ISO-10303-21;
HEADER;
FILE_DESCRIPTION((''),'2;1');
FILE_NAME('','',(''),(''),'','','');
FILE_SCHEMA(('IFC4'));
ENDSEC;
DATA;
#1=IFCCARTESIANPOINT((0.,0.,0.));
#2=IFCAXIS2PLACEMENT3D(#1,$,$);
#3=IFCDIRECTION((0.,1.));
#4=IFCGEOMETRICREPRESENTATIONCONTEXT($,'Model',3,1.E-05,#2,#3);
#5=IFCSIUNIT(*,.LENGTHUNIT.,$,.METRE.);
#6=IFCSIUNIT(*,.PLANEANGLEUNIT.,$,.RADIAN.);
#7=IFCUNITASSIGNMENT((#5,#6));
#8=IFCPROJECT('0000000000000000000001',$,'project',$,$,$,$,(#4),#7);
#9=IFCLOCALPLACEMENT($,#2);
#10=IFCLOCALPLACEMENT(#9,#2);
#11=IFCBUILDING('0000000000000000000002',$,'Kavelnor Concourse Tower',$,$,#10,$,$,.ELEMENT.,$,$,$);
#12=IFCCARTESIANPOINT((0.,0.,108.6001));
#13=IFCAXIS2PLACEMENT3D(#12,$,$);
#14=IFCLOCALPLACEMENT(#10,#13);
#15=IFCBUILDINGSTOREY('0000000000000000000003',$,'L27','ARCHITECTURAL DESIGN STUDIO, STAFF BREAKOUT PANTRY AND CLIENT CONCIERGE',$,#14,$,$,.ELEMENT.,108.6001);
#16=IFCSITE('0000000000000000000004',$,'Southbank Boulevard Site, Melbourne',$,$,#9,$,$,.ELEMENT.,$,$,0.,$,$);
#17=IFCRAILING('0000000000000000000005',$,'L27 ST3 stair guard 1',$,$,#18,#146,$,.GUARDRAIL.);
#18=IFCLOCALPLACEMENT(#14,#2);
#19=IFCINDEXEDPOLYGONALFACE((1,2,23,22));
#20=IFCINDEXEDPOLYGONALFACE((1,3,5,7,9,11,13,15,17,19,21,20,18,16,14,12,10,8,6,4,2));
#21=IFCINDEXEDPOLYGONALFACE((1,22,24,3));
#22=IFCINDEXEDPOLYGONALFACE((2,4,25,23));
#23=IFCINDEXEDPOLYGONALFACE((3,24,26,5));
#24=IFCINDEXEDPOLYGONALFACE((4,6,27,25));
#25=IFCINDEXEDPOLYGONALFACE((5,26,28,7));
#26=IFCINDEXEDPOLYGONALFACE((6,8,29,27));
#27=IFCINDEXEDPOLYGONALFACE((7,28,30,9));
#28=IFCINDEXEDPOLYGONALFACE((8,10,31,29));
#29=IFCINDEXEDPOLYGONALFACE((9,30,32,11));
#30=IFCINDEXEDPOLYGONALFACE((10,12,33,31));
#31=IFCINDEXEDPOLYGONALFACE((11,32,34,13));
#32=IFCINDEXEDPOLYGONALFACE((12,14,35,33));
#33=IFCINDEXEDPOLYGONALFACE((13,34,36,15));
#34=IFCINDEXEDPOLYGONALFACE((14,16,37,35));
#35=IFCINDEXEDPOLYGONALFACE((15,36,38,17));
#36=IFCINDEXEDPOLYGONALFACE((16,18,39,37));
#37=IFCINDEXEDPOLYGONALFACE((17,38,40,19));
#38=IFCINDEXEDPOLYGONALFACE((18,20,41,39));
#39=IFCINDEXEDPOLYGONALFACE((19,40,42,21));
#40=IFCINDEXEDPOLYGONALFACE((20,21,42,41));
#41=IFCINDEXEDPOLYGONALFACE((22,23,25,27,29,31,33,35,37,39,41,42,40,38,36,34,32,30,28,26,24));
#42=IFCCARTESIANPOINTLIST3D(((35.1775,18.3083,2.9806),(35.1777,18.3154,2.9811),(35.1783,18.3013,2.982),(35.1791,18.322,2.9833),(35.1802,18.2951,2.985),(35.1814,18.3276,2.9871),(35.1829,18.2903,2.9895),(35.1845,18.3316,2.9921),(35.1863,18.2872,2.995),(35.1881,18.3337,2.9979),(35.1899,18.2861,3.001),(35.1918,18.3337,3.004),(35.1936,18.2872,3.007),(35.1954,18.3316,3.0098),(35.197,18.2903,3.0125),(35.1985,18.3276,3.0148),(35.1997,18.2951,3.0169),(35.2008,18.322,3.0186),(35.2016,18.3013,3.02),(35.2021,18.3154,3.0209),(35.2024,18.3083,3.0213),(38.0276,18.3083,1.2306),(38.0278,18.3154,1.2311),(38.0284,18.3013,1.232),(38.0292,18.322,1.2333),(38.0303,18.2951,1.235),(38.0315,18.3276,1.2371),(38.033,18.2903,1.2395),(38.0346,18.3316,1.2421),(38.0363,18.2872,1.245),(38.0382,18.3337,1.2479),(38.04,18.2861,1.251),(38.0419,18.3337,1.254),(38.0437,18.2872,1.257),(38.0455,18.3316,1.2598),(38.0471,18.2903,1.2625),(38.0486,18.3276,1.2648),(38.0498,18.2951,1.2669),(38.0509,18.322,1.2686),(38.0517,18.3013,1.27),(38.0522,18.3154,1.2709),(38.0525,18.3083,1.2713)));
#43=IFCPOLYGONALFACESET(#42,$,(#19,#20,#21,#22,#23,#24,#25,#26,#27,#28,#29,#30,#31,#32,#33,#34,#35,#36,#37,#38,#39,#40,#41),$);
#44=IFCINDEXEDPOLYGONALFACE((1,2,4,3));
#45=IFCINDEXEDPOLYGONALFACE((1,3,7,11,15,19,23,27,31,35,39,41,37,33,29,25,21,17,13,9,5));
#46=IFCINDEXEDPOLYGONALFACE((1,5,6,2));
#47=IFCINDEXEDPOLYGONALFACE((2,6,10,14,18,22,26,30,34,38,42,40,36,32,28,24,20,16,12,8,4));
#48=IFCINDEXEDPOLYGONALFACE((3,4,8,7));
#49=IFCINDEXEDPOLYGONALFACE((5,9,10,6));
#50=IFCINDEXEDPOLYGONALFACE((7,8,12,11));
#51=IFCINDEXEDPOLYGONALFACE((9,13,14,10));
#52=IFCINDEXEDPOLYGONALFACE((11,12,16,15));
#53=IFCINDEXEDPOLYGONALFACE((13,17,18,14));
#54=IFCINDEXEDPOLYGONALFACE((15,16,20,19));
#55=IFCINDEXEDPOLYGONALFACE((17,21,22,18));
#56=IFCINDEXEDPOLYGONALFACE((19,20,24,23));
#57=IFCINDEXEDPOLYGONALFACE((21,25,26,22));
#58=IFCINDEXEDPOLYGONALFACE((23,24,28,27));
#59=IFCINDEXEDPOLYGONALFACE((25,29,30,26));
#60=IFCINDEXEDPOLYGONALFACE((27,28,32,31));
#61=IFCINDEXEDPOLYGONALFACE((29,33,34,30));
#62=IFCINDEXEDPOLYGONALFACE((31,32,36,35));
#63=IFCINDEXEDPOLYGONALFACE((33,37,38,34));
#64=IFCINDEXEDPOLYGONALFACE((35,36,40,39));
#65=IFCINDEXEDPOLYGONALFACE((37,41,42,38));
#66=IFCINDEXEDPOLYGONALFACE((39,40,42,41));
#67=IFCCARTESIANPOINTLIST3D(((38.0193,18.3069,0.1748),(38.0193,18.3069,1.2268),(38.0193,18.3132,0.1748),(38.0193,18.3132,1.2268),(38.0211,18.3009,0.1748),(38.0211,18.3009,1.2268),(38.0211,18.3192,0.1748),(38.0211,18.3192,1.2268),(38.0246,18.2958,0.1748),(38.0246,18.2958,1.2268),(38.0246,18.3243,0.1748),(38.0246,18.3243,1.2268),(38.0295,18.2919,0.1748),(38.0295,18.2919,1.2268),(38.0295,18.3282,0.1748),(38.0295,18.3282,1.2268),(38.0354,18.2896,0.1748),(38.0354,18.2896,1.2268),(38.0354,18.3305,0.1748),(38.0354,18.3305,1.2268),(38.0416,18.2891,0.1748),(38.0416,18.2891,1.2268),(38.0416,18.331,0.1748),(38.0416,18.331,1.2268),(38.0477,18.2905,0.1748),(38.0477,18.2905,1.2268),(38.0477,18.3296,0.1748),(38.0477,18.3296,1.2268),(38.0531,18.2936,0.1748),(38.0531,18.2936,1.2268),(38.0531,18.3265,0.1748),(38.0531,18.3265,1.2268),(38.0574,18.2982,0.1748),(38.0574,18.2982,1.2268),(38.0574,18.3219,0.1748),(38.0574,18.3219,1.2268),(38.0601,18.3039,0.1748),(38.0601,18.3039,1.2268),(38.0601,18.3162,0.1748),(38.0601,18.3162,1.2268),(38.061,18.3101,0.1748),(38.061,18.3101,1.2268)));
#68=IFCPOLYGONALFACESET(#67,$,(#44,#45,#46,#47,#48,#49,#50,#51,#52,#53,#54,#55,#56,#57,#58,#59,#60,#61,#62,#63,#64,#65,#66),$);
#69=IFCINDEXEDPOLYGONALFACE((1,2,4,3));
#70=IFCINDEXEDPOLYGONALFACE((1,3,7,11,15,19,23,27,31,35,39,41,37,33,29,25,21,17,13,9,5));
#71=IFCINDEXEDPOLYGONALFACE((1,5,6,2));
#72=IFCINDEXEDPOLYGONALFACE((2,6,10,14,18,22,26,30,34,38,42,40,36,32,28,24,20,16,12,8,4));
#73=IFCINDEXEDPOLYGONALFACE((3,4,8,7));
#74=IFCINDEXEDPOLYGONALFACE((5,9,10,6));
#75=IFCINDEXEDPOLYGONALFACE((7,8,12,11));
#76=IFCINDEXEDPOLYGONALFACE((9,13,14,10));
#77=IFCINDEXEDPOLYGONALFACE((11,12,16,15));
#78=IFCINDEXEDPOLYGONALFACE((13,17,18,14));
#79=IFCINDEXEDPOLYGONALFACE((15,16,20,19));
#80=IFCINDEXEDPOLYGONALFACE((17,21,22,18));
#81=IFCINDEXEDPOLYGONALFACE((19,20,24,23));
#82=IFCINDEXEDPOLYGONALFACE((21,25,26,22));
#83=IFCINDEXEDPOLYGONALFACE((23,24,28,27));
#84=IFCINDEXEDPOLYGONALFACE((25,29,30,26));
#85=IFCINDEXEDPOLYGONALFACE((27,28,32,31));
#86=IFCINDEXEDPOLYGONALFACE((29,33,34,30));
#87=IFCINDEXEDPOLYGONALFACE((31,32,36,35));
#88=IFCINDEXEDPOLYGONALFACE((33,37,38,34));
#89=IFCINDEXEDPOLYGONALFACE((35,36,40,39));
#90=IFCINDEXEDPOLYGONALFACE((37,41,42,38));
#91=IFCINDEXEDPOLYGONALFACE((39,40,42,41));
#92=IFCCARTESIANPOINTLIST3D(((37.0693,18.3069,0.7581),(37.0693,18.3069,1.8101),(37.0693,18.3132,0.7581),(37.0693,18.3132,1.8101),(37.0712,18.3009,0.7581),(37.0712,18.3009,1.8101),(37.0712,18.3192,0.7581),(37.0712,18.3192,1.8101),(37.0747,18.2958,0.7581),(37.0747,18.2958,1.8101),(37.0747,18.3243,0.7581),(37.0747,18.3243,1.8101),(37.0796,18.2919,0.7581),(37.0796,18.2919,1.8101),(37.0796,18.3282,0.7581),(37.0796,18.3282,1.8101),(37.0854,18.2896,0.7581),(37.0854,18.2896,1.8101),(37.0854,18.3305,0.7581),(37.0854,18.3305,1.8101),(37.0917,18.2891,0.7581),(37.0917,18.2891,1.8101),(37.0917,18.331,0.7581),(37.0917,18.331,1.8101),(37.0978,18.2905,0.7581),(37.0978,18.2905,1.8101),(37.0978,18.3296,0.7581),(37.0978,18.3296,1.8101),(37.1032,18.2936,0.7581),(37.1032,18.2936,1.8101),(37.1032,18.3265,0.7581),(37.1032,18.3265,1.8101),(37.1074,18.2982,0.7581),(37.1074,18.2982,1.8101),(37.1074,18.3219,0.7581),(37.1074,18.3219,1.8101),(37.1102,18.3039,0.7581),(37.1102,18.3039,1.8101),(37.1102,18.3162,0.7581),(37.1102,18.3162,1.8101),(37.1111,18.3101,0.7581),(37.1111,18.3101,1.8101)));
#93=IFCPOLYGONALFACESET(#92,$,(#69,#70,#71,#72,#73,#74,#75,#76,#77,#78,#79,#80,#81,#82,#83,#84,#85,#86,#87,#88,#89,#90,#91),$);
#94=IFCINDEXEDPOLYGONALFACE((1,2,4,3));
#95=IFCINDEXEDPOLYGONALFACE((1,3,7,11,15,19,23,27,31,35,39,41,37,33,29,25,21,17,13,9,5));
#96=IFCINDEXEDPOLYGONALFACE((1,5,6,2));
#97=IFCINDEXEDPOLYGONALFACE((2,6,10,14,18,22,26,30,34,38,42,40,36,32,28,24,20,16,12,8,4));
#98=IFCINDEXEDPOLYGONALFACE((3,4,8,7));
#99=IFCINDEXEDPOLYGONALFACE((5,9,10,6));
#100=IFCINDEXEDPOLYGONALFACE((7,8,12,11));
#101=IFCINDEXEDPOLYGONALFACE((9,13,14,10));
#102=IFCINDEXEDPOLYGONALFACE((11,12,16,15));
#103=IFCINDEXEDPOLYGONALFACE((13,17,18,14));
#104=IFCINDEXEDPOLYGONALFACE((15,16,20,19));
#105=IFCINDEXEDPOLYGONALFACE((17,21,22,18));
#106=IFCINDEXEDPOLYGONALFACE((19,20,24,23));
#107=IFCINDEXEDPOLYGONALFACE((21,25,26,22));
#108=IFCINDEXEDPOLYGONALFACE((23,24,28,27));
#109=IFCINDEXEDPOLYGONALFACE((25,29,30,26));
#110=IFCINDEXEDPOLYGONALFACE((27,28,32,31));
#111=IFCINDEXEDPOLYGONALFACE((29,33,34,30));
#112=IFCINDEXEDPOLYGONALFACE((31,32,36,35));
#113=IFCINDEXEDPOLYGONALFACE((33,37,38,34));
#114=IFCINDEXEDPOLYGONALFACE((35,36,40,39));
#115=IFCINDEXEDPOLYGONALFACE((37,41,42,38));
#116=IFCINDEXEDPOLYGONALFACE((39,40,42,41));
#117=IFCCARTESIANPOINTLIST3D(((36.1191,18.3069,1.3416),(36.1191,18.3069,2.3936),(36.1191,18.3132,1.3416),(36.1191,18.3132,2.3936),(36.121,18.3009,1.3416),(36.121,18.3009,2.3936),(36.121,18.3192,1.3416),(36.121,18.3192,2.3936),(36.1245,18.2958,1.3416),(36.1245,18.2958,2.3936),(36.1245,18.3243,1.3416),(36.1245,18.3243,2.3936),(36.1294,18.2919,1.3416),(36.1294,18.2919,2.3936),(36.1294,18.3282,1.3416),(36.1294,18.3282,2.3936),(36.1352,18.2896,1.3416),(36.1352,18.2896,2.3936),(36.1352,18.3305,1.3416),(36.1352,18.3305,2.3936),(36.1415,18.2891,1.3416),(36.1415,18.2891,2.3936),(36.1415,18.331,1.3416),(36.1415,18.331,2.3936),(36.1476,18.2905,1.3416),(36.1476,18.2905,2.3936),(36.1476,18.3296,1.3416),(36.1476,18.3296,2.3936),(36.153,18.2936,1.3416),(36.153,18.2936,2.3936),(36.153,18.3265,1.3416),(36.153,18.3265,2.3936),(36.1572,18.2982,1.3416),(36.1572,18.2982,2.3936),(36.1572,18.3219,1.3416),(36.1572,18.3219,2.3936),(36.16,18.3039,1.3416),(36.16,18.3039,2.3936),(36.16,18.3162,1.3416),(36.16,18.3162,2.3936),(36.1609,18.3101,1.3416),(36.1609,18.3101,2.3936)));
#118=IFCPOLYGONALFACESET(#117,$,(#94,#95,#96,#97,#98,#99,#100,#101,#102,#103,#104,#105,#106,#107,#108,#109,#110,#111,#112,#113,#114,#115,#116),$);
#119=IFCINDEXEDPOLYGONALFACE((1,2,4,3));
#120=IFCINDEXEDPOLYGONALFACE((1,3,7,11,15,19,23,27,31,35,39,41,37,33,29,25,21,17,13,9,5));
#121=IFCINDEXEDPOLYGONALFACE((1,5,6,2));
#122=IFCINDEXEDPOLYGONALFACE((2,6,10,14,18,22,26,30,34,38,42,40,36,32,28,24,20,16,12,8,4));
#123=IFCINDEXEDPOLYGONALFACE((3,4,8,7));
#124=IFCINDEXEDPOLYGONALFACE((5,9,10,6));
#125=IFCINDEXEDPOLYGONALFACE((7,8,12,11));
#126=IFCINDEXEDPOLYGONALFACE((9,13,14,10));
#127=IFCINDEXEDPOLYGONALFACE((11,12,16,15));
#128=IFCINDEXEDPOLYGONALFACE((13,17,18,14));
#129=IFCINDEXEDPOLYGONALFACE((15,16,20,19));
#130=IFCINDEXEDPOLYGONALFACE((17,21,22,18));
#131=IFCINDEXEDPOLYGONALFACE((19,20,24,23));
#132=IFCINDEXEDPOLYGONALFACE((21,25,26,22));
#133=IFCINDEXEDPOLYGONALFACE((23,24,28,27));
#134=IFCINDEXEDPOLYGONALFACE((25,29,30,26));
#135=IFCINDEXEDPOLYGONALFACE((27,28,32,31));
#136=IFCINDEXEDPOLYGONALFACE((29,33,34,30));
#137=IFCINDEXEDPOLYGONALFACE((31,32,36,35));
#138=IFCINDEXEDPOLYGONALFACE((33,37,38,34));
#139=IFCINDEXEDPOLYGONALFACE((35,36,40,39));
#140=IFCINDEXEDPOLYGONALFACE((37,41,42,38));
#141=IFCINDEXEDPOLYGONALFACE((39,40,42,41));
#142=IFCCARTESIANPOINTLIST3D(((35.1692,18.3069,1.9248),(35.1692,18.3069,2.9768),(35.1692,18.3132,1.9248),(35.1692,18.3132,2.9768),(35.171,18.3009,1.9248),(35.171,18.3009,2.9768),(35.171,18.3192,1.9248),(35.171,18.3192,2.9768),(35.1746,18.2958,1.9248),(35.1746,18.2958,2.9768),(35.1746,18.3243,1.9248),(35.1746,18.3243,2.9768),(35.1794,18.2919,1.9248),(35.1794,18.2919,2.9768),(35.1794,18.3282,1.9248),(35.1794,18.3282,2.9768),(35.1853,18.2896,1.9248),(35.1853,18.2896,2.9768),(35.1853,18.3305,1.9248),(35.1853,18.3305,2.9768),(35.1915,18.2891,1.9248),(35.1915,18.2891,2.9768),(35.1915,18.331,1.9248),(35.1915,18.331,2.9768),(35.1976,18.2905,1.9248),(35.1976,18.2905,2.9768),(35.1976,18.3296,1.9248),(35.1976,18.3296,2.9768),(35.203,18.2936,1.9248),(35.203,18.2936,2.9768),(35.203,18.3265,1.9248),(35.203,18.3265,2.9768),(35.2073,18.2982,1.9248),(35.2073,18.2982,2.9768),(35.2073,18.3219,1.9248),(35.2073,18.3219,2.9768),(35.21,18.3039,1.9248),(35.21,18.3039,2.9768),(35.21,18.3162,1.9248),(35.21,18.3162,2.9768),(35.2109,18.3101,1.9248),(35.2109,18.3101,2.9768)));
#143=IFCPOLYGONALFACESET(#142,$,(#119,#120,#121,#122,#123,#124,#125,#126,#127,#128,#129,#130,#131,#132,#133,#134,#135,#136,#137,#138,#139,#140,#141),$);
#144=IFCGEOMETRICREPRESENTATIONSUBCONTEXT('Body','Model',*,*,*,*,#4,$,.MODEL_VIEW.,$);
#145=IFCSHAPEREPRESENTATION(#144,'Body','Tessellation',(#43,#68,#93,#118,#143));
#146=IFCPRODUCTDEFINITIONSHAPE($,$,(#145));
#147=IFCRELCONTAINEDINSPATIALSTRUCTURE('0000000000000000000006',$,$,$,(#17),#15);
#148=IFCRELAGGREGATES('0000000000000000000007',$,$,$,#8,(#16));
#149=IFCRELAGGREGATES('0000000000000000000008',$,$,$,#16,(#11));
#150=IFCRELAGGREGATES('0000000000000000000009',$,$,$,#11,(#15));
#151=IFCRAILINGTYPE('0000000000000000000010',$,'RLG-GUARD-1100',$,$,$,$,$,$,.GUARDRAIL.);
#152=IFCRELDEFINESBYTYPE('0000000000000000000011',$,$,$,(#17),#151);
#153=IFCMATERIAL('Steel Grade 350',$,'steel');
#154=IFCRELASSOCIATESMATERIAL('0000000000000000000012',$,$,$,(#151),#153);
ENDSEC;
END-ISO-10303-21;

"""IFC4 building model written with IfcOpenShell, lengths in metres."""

from ifc_helpers import new_model, si_unit, direction, frame, origin, origin_2d, place, context, subcontext, project, spatial, circle, extrude, material, type_object, element, save


model = new_model("IFC4")

# Units and contexts
model_context = context("Model", 3, precision=1e-05, world=origin(), true_north=direction((0.0, 1.0)))
body_context = subcontext(model_context, "Body", "Model", "MODEL_VIEW")
ifc_project = project(units=[si_unit("LENGTHUNIT", "METRE"), si_unit("PLANEANGLEUNIT", "RADIAN")], contexts=[model_context])

# Site, building, storey
site_placement = place(None, origin())
site = spatial("IfcSite", under=ifc_project, at=site_placement, Name="Southbank Boulevard Site, Melbourne", CompositionType="ELEMENT", RefElevation=0.0)
building_placement = place(site_placement, origin())
building = spatial("IfcBuilding", under=site, at=building_placement, Name="Kavelnor Concourse Tower", CompositionType="ELEMENT")
storey_placement = place(building_placement, frame((0.0, 0.0, 108.6001)))
storey = spatial("IfcBuildingStorey", under=building, at=storey_placement, Name="L27", Description="ARCHITECTURAL DESIGN STUDIO, STAFF BREAKOUT PANTRY AND CLIENT CONCIERGE", CompositionType="ELEMENT", Elevation=108.6001)

# Shared definitions
ifc_material_1 = material(Name="Steel Grade 350", Category="steel")

# Railing
railing_type_1 = type_object("IfcRailingType", Name="RLG-GUARD-1100", PredefinedType="GUARDRAIL", material=ifc_material_1)
railing_1_placement = place(storey_placement, frame((38.04, 18.3101, 0.1748)))
element("IfcRailing", 1, at=railing_1_placement, inside=storey, type_object=railing_type_1, Name="L27 ST3 stair guard 1", PredefinedType="GUARDRAIL", context=body_context, shape_type="SweptSolid", body=[
    extrude(circle(Radius=0.0239, at=origin_2d()), frame((0.0, 0.0, 1.0762), z_axis=(-0.852179, 0.0, 0.52325), x_axis=(0.0, -1.0, 0.0)), (0.0, 0.0, 1.0), 3.3445),
    extrude(circle(Radius=0.021, at=origin_2d()), origin(), (0.0, 0.0, 1.0), 1.052),
    extrude(circle(Radius=0.021, at=origin_2d()), frame((-0.95, 0.0, 0.5833)), (0.0, 0.0, 1.0), 1.052),
    extrude(circle(Radius=0.021, at=origin_2d()), frame((-1.9001, 0.0, 1.1667)), (0.0, 0.0, 1.0), 1.052),
    extrude(circle(Radius=0.021, at=origin_2d()), frame((-2.8501, 0.0, 1.75)), (0.0, 0.0, 1.0), 1.052),
])

save(model, "model.ifc")
